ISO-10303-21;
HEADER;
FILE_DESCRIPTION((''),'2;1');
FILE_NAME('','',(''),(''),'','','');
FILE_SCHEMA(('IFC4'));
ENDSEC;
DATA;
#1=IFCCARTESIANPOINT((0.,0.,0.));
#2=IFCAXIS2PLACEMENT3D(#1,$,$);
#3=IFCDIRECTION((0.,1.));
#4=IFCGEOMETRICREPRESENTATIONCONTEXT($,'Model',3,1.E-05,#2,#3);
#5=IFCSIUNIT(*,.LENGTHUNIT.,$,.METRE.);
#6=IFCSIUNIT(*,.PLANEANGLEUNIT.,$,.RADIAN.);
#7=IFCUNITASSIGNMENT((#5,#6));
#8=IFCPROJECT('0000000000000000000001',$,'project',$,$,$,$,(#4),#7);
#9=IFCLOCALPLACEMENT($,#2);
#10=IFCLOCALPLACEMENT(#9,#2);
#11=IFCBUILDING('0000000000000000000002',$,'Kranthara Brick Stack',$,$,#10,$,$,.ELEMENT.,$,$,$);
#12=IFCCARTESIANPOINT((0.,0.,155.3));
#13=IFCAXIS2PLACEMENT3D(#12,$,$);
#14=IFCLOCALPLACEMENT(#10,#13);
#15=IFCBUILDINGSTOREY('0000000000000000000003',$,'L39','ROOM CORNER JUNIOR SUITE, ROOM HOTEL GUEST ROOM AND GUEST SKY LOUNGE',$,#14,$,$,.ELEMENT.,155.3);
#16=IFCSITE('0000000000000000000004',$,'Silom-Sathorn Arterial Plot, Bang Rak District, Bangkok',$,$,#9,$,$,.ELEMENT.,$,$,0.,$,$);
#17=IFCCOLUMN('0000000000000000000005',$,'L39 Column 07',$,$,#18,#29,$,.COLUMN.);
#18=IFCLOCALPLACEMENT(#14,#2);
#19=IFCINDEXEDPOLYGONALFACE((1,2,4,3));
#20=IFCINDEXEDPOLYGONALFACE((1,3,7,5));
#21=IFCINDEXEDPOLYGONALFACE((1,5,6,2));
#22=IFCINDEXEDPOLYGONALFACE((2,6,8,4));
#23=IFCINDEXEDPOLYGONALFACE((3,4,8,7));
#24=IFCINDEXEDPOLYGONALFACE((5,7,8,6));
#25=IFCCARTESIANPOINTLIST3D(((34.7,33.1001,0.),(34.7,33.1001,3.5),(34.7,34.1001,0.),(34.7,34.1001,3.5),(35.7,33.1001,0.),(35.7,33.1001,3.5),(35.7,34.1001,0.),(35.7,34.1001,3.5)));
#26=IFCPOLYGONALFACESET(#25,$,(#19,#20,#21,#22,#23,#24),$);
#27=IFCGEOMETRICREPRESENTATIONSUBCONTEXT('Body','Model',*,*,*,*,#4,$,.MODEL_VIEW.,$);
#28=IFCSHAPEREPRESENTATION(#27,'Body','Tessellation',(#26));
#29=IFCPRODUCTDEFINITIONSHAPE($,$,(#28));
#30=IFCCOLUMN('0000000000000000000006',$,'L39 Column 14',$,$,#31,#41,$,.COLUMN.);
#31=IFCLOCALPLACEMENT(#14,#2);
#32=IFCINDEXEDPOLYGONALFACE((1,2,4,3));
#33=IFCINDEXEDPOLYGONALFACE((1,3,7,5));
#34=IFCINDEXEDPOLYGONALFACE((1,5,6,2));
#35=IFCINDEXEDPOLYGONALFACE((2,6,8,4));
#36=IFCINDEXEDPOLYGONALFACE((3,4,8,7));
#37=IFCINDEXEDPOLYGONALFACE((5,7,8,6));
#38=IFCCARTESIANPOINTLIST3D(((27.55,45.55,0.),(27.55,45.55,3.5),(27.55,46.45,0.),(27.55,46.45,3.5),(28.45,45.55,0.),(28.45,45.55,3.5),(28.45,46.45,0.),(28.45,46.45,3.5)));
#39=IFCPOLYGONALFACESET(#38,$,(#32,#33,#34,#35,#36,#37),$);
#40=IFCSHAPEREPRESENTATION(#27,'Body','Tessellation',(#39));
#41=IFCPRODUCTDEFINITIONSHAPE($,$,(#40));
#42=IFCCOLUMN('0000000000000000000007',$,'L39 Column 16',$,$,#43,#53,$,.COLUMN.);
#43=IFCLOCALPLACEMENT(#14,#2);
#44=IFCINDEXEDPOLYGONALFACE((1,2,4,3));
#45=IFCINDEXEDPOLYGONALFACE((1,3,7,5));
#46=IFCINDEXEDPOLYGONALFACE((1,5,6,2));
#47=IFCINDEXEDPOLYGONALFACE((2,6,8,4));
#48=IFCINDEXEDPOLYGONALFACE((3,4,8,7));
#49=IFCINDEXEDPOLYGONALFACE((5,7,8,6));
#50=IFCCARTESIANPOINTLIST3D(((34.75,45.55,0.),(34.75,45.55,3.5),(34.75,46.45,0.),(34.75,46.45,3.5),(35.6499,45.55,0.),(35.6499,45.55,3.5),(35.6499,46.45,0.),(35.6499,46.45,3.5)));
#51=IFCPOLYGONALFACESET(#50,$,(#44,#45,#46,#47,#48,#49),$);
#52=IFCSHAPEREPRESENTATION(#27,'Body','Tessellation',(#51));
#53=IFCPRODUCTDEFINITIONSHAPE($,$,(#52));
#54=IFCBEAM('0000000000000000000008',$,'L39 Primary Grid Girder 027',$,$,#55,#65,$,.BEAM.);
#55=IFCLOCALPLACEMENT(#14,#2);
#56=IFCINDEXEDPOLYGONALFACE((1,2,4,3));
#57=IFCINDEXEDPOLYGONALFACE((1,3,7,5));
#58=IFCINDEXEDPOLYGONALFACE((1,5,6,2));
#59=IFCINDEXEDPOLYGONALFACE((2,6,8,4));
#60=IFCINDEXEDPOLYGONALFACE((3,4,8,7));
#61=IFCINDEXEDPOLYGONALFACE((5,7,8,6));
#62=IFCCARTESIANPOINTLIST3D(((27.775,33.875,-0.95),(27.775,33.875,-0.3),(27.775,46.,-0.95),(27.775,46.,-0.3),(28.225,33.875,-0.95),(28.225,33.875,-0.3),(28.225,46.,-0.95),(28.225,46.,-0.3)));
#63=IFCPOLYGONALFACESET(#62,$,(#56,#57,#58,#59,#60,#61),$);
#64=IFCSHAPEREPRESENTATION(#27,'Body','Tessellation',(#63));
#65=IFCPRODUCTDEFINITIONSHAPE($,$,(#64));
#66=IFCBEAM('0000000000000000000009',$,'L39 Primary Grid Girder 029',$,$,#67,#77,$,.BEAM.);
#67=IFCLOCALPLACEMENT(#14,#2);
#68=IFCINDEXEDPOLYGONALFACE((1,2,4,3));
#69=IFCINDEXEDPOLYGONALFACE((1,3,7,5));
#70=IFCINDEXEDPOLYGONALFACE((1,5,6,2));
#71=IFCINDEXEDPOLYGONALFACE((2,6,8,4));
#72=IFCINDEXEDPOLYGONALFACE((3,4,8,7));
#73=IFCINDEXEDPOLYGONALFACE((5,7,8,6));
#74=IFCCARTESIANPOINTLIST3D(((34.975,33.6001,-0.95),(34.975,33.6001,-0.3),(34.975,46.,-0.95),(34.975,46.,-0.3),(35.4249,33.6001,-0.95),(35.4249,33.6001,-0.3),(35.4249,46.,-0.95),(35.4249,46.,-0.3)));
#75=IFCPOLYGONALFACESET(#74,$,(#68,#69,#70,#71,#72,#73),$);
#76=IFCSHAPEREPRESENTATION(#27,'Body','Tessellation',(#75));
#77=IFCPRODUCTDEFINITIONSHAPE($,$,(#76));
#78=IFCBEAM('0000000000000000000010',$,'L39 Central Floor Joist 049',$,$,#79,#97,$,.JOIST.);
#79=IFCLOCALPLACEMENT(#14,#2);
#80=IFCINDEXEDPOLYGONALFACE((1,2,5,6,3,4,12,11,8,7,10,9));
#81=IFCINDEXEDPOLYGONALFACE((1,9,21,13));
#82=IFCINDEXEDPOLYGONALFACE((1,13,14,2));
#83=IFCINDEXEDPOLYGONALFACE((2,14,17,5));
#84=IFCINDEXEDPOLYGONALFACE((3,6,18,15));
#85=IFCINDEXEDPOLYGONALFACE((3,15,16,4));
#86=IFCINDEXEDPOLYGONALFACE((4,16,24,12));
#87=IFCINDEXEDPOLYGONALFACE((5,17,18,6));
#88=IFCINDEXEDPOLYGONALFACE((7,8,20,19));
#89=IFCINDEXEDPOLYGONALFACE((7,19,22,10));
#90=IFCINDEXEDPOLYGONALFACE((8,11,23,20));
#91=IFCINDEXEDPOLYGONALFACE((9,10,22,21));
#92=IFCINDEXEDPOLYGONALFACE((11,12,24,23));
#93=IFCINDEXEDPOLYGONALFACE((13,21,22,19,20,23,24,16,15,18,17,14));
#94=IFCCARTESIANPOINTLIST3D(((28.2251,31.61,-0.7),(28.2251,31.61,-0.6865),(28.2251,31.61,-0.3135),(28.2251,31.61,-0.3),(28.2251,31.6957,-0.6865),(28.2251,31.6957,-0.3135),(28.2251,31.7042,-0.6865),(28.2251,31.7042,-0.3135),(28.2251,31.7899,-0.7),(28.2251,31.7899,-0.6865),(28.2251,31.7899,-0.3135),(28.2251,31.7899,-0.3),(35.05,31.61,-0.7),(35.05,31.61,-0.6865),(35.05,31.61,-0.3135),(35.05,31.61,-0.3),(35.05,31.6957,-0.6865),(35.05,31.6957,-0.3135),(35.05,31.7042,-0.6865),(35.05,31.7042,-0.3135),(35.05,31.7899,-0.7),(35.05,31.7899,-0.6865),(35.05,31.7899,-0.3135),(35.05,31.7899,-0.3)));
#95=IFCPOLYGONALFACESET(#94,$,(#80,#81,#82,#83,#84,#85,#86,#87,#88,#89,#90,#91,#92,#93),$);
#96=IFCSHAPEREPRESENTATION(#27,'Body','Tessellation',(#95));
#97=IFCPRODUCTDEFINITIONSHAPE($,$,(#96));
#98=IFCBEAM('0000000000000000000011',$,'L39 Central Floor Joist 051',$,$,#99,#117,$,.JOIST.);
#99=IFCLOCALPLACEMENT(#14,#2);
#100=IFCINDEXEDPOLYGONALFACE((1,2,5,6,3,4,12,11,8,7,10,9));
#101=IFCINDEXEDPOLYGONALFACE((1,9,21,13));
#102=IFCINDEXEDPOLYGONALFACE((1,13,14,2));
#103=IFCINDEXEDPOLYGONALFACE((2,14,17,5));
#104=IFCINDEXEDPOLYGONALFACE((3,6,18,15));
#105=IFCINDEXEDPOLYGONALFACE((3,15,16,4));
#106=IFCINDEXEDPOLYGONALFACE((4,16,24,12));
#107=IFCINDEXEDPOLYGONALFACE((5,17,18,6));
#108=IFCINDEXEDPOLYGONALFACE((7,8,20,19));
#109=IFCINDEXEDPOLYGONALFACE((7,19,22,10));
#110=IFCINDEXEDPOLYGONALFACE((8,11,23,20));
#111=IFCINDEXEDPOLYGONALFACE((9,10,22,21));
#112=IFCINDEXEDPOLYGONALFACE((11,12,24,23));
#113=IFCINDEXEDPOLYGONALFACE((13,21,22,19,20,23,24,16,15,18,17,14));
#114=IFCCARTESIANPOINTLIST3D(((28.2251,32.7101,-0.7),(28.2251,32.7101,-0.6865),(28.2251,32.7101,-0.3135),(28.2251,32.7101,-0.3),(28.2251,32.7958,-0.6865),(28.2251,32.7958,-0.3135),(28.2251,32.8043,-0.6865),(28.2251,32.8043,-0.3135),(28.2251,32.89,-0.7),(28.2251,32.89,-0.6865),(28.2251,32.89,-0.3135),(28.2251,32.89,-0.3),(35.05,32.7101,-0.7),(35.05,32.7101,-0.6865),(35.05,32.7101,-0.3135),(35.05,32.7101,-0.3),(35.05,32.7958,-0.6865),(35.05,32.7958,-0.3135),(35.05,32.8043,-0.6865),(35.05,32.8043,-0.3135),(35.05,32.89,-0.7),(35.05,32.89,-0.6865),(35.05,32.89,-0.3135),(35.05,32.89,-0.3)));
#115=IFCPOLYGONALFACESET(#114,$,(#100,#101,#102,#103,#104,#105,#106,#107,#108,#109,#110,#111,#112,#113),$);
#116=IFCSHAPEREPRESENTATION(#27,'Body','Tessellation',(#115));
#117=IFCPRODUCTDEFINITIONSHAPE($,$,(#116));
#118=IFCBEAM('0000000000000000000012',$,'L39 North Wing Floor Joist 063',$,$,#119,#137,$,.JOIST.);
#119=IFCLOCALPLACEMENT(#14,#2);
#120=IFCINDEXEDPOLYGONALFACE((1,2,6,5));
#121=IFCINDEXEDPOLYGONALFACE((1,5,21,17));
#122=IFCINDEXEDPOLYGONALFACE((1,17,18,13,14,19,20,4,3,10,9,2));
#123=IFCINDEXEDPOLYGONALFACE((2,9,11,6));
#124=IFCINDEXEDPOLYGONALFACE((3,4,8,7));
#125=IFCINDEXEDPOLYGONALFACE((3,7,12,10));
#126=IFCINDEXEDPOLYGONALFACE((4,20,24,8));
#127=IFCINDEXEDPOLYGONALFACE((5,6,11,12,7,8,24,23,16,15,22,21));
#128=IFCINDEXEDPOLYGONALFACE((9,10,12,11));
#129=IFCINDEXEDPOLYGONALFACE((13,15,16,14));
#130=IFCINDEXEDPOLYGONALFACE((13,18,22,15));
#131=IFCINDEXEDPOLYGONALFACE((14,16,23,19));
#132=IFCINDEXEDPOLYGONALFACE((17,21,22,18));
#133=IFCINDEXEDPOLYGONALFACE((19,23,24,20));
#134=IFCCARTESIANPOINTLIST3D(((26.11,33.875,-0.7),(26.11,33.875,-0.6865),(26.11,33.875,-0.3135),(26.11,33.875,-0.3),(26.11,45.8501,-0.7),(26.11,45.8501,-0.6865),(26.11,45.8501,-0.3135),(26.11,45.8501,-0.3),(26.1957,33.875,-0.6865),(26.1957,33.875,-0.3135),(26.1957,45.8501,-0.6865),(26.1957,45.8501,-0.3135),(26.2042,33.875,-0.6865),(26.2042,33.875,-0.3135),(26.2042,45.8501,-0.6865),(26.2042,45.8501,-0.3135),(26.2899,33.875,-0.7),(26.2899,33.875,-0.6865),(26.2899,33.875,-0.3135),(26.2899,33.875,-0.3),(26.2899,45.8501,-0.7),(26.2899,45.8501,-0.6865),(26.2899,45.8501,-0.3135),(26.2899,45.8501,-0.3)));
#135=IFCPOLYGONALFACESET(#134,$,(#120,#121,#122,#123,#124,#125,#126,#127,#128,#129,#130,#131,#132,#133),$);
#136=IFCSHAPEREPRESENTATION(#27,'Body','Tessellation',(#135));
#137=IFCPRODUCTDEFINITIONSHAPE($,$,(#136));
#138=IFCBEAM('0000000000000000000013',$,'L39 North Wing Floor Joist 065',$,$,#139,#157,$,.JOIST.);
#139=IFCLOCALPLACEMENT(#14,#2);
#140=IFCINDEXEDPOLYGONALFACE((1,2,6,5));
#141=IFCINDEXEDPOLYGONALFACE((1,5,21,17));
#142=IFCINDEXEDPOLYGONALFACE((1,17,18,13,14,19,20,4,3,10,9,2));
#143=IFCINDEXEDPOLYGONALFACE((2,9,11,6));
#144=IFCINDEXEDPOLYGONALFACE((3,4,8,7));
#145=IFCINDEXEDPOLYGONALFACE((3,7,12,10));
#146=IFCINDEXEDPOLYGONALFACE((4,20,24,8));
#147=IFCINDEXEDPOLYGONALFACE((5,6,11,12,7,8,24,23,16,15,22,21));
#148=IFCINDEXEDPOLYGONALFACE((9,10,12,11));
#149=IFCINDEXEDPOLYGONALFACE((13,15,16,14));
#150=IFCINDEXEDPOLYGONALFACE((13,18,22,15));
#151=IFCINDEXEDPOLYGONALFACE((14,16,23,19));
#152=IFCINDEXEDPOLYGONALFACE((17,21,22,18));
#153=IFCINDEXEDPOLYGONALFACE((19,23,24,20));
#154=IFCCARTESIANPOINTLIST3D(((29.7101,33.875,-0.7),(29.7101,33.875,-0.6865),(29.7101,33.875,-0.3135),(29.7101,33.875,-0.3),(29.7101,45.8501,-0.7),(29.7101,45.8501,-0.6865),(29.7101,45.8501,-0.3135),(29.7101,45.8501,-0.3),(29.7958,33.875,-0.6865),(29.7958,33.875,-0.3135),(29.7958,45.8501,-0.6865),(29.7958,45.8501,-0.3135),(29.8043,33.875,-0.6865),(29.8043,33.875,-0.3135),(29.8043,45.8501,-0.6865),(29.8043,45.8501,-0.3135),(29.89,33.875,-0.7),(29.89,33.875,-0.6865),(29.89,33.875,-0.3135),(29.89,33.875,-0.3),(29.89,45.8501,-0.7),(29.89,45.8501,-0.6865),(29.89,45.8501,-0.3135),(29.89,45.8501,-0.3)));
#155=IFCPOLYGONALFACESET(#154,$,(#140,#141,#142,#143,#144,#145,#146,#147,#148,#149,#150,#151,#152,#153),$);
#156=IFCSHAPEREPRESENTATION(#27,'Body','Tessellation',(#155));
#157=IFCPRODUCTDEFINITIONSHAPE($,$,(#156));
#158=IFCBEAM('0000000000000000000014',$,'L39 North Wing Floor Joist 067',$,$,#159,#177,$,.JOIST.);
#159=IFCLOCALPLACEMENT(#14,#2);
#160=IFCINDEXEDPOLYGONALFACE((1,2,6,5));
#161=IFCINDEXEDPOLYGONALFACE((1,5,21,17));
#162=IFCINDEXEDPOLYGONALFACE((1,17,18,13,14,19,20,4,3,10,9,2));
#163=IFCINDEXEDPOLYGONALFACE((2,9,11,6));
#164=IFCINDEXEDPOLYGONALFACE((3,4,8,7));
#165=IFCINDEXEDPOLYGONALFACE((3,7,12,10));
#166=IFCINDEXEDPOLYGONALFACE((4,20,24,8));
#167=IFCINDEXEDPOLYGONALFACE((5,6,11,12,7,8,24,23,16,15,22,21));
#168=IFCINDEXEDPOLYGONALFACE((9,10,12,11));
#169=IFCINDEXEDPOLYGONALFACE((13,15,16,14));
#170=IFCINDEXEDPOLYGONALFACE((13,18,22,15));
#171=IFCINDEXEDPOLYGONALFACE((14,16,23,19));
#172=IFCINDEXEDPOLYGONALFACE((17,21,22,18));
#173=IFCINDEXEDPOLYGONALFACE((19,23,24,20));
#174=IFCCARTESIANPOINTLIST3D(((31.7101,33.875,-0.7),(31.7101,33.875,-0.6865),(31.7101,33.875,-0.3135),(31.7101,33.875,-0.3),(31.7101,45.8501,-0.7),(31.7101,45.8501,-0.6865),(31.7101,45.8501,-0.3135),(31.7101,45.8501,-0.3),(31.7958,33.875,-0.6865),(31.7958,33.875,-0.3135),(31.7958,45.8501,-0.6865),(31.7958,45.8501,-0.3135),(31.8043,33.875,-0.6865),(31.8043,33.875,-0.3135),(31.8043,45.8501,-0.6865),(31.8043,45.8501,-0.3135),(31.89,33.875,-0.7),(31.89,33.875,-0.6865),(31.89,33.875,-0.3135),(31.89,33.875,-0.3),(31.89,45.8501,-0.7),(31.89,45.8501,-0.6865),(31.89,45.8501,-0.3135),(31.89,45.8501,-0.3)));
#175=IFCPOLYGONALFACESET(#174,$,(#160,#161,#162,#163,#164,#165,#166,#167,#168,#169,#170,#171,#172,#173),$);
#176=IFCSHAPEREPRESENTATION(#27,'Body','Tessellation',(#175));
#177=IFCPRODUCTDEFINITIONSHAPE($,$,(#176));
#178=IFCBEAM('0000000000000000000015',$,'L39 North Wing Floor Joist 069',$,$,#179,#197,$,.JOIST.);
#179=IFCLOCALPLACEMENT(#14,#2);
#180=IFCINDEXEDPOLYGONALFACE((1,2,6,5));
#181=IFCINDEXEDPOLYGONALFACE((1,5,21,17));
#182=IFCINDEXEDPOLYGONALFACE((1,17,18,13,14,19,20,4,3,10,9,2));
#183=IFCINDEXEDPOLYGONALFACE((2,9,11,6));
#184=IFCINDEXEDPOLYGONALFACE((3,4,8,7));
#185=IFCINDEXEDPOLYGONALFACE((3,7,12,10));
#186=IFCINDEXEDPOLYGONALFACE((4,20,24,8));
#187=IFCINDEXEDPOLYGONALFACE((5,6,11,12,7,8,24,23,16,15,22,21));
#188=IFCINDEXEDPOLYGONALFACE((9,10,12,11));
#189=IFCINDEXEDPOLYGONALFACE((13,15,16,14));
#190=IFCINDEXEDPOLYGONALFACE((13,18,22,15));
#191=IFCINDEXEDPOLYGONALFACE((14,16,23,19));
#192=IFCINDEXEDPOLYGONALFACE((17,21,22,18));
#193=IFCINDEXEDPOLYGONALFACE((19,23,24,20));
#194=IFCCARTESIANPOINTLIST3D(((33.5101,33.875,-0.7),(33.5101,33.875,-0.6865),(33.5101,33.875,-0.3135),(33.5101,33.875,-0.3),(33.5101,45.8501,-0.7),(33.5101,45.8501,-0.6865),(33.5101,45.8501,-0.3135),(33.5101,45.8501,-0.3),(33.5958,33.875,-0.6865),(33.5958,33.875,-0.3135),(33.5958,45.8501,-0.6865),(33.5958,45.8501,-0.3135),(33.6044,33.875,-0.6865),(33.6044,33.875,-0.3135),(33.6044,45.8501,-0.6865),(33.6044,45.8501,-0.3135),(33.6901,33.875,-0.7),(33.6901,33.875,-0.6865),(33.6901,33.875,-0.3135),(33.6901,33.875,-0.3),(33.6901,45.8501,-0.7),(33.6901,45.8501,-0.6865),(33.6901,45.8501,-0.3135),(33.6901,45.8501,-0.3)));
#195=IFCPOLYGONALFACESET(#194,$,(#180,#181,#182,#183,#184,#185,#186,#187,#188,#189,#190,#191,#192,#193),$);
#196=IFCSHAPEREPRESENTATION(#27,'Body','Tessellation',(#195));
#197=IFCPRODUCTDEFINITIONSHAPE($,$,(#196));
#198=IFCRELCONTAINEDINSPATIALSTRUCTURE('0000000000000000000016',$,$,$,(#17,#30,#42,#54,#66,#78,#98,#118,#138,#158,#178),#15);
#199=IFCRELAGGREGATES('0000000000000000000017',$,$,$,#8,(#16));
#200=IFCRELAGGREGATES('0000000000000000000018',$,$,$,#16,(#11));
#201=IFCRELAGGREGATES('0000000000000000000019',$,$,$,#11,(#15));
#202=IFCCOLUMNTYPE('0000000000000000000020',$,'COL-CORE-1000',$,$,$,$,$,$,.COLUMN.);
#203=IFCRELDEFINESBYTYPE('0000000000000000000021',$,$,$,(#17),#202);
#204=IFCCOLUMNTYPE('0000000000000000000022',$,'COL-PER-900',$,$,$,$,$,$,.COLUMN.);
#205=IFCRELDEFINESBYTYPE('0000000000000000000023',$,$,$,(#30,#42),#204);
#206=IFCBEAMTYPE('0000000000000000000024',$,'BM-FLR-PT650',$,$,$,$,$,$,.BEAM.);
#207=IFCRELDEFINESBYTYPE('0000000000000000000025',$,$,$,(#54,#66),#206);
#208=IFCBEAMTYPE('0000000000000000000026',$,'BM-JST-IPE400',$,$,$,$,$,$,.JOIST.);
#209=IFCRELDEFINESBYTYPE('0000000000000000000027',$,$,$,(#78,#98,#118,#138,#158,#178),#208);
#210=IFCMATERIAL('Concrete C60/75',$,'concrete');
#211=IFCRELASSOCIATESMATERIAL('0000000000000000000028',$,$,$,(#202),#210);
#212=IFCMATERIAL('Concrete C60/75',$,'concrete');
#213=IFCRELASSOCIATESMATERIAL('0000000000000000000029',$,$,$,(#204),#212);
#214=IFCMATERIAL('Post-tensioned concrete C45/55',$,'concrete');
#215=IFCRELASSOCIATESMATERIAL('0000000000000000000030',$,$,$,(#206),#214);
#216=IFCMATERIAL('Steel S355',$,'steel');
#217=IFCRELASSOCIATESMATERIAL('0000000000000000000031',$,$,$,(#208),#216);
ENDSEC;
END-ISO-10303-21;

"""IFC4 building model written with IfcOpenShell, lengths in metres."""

from ifc_helpers import new_model, si_unit, direction, frame, origin, origin_2d, place, context, subcontext, project, spatial, rectangle, i_section, extrude, material, material_profile, profile_set, type_object, element, save


model = new_model("IFC4")

# Units and contexts
model_context = context("Model", 3, precision=1e-05, world=origin(), true_north=direction((0.0, 1.0)))
body_context = subcontext(model_context, "Body", "Model", "MODEL_VIEW")
ifc_project = project(units=[si_unit("LENGTHUNIT", "METRE"), si_unit("PLANEANGLEUNIT", "RADIAN")], contexts=[model_context])

# Site, building, storey
site_placement = place(None, origin())
site = spatial("IfcSite", under=ifc_project, at=site_placement, Name="Silom-Sathorn Arterial Plot, Bang Rak District, Bangkok", CompositionType="ELEMENT", RefElevation=0.0)
building_placement = place(site_placement, origin())
building = spatial("IfcBuilding", under=site, at=building_placement, Name="Kranthara Brick Stack", CompositionType="ELEMENT")
storey_placement = place(building_placement, frame((0.0, 0.0, 155.3)))
storey = spatial("IfcBuildingStorey", under=building, at=storey_placement, Name="L39", Description="ROOM CORNER JUNIOR SUITE, ROOM HOTEL GUEST ROOM AND GUEST SKY LOUNGE", CompositionType="ELEMENT", Elevation=155.3)

# Columns
ifc_material_1 = material(Name="Concrete C60/75", Category="concrete")
ifc_material_profile_1 = material_profile(ifc_material_1, rectangle(XDim=1.0, YDim=1.0, at=origin_2d()), Name="RC 1000x1000")
ifc_profile_set_1 = profile_set([ifc_material_profile_1], Name="Concrete C60/75")
column_type_1 = type_object("IfcColumnType", Name="COL-CORE-1000", PredefinedType="COLUMN", material=ifc_profile_set_1)
column_placement = place(storey_placement, frame((35.2, 33.6001, 0.0), z_axis=(0.0, 0.0, 1.0), x_axis=(1.0, 0.0, 0.0)))
element("IfcColumn", 1, at=column_placement, inside=storey, type_object=column_type_1, Name="L39 Column 07", PredefinedType="COLUMN", context=body_context, shape_type="SweptSolid", body=[
    extrude(rectangle(XDim=1.0, YDim=1.0, at=origin_2d()), origin(), (0.0, 0.0, 1.0), 3.5),
])
ifc_material_2 = material(Name="Concrete C60/75", Category="concrete")
ifc_material_profile_2 = material_profile(ifc_material_2, rectangle(XDim=0.8999, YDim=0.8999, at=origin_2d()), Name="RC 900x900")
ifc_profile_set_2 = profile_set([ifc_material_profile_2], Name="Concrete C60/75")
column_type_2 = type_object("IfcColumnType", Name="COL-PER-900", PredefinedType="COLUMN", material=ifc_profile_set_2)
for number, where, z_axis, x_axis, name in (
    (2, (28.0, 46.0, 0.0), (0.0, 0.0, 1.0), (1.0, 0.0, 0.0), "L39 Column 14"),
    (3, (35.2, 46.0, 0.0), (0.0, 0.0, 1.0), (1.0, 0.0, 0.0), "L39 Column 16"),
):
    element("IfcColumn", number, at=place(storey_placement, frame(where, z_axis=z_axis, x_axis=x_axis)), inside=storey, type_object=column_type_2, Name=name, PredefinedType="COLUMN", context=body_context, shape_type="SweptSolid", body=[
        extrude(rectangle(XDim=0.8999, YDim=0.8999, at=origin_2d()), origin(), (0.0, 0.0, 1.0), 3.5),
    ])

# Beams
ifc_material_3 = material(Name="Post-tensioned concrete C45/55", Category="concrete")
ifc_material_profile_3 = material_profile(ifc_material_3, rectangle(XDim=0.45, YDim=0.6499, at=origin_2d()), Name="PT 450x650")
ifc_profile_set_3 = profile_set([ifc_material_profile_3], Name="Post-tensioned concrete C45/55")
beam_type_1 = type_object("IfcBeamType", Name="BM-FLR-PT650", PredefinedType="BEAM", material=ifc_profile_set_3)
beam_1_placement = place(storey_placement, frame((28.0, 33.875, -0.625), z_axis=(0.0, 1.0, 0.0), x_axis=(-1.0, 0.0, 0.0)))
element("IfcBeam", 4, at=beam_1_placement, inside=storey, type_object=beam_type_1, Name="L39 Primary Grid Girder 027", PredefinedType="BEAM", context=body_context, shape_type="SweptSolid", body=[
    extrude(rectangle(XDim=0.45, YDim=0.6499, at=origin_2d()), origin(), (0.0, 0.0, 1.0), 12.125),
])
beam_2_placement = place(storey_placement, frame((35.2, 33.6001, -0.625), z_axis=(0.0, 1.0, 0.0), x_axis=(-1.0, 0.0, 0.0)))
element("IfcBeam", 5, at=beam_2_placement, inside=storey, type_object=beam_type_1, Name="L39 Primary Grid Girder 029", PredefinedType="BEAM", context=body_context, shape_type="SweptSolid", body=[
    extrude(rectangle(XDim=0.45, YDim=0.6499, at=origin_2d()), origin(), (0.0, 0.0, 1.0), 12.3999),
])
ifc_material_4 = material(Name="Steel S355", Category="steel")
ifc_material_profile_4 = material_profile(ifc_material_4, i_section(OverallWidth=0.1799, OverallDepth=0.3999, WebThickness=0.0085, FlangeThickness=0.0134, at=origin_2d()), Name="IPE 400")
ifc_profile_set_4 = profile_set([ifc_material_profile_4], Name="Steel S355")
beam_type_2 = type_object("IfcBeamType", Name="BM-JST-IPE400", PredefinedType="JOIST", material=ifc_profile_set_4)
for number, where, z_axis, x_axis, name in (
    (6, (28.2251, 31.7, -0.5), (1.0, 0.0, 0.0), (0.0, 1.0, 0.0), "L39 Central Floor Joist 049"),
    (7, (28.2251, 32.8, -0.5), (1.0, 0.0, 0.0), (0.0, 1.0, 0.0), "L39 Central Floor Joist 051"),
):
    element("IfcBeam", number, at=place(storey_placement, frame(where, z_axis=z_axis, x_axis=x_axis)), inside=storey, type_object=beam_type_2, Name=name, PredefinedType="JOIST", context=body_context, shape_type="SweptSolid", body=[
        extrude(i_section(OverallWidth=0.1799, OverallDepth=0.3999, WebThickness=0.0085, FlangeThickness=0.0134, at=origin_2d()), origin(), (0.0, 0.0, 1.0), 6.825),
    ])
for number, where, z_axis, x_axis, name in (
    (8, (26.2, 33.875, -0.5), (0.0, 1.0, 0.0), (-1.0, 0.0, 0.0), "L39 North Wing Floor Joist 063"),
    (9, (29.8, 33.875, -0.5), (0.0, 1.0, 0.0), (-1.0, 0.0, 0.0), "L39 North Wing Floor Joist 065"),
    (10, (31.8, 33.875, -0.5), (0.0, 1.0, 0.0), (-1.0, 0.0, 0.0), "L39 North Wing Floor Joist 067"),
    (11, (33.6001, 33.875, -0.5), (0.0, 1.0, 0.0), (-1.0, 0.0, 0.0), "L39 North Wing Floor Joist 069"),
):
    element("IfcBeam", number, at=place(storey_placement, frame(where, z_axis=z_axis, x_axis=x_axis)), inside=storey, type_object=beam_type_2, Name=name, PredefinedType="JOIST", context=body_context, shape_type="SweptSolid", body=[
        extrude(i_section(OverallWidth=0.1799, OverallDepth=0.3999, WebThickness=0.0085, FlangeThickness=0.0134, at=origin_2d()), origin(), (0.0, 0.0, 1.0), 11.9751),
    ])

save(model, "model.ifc")
